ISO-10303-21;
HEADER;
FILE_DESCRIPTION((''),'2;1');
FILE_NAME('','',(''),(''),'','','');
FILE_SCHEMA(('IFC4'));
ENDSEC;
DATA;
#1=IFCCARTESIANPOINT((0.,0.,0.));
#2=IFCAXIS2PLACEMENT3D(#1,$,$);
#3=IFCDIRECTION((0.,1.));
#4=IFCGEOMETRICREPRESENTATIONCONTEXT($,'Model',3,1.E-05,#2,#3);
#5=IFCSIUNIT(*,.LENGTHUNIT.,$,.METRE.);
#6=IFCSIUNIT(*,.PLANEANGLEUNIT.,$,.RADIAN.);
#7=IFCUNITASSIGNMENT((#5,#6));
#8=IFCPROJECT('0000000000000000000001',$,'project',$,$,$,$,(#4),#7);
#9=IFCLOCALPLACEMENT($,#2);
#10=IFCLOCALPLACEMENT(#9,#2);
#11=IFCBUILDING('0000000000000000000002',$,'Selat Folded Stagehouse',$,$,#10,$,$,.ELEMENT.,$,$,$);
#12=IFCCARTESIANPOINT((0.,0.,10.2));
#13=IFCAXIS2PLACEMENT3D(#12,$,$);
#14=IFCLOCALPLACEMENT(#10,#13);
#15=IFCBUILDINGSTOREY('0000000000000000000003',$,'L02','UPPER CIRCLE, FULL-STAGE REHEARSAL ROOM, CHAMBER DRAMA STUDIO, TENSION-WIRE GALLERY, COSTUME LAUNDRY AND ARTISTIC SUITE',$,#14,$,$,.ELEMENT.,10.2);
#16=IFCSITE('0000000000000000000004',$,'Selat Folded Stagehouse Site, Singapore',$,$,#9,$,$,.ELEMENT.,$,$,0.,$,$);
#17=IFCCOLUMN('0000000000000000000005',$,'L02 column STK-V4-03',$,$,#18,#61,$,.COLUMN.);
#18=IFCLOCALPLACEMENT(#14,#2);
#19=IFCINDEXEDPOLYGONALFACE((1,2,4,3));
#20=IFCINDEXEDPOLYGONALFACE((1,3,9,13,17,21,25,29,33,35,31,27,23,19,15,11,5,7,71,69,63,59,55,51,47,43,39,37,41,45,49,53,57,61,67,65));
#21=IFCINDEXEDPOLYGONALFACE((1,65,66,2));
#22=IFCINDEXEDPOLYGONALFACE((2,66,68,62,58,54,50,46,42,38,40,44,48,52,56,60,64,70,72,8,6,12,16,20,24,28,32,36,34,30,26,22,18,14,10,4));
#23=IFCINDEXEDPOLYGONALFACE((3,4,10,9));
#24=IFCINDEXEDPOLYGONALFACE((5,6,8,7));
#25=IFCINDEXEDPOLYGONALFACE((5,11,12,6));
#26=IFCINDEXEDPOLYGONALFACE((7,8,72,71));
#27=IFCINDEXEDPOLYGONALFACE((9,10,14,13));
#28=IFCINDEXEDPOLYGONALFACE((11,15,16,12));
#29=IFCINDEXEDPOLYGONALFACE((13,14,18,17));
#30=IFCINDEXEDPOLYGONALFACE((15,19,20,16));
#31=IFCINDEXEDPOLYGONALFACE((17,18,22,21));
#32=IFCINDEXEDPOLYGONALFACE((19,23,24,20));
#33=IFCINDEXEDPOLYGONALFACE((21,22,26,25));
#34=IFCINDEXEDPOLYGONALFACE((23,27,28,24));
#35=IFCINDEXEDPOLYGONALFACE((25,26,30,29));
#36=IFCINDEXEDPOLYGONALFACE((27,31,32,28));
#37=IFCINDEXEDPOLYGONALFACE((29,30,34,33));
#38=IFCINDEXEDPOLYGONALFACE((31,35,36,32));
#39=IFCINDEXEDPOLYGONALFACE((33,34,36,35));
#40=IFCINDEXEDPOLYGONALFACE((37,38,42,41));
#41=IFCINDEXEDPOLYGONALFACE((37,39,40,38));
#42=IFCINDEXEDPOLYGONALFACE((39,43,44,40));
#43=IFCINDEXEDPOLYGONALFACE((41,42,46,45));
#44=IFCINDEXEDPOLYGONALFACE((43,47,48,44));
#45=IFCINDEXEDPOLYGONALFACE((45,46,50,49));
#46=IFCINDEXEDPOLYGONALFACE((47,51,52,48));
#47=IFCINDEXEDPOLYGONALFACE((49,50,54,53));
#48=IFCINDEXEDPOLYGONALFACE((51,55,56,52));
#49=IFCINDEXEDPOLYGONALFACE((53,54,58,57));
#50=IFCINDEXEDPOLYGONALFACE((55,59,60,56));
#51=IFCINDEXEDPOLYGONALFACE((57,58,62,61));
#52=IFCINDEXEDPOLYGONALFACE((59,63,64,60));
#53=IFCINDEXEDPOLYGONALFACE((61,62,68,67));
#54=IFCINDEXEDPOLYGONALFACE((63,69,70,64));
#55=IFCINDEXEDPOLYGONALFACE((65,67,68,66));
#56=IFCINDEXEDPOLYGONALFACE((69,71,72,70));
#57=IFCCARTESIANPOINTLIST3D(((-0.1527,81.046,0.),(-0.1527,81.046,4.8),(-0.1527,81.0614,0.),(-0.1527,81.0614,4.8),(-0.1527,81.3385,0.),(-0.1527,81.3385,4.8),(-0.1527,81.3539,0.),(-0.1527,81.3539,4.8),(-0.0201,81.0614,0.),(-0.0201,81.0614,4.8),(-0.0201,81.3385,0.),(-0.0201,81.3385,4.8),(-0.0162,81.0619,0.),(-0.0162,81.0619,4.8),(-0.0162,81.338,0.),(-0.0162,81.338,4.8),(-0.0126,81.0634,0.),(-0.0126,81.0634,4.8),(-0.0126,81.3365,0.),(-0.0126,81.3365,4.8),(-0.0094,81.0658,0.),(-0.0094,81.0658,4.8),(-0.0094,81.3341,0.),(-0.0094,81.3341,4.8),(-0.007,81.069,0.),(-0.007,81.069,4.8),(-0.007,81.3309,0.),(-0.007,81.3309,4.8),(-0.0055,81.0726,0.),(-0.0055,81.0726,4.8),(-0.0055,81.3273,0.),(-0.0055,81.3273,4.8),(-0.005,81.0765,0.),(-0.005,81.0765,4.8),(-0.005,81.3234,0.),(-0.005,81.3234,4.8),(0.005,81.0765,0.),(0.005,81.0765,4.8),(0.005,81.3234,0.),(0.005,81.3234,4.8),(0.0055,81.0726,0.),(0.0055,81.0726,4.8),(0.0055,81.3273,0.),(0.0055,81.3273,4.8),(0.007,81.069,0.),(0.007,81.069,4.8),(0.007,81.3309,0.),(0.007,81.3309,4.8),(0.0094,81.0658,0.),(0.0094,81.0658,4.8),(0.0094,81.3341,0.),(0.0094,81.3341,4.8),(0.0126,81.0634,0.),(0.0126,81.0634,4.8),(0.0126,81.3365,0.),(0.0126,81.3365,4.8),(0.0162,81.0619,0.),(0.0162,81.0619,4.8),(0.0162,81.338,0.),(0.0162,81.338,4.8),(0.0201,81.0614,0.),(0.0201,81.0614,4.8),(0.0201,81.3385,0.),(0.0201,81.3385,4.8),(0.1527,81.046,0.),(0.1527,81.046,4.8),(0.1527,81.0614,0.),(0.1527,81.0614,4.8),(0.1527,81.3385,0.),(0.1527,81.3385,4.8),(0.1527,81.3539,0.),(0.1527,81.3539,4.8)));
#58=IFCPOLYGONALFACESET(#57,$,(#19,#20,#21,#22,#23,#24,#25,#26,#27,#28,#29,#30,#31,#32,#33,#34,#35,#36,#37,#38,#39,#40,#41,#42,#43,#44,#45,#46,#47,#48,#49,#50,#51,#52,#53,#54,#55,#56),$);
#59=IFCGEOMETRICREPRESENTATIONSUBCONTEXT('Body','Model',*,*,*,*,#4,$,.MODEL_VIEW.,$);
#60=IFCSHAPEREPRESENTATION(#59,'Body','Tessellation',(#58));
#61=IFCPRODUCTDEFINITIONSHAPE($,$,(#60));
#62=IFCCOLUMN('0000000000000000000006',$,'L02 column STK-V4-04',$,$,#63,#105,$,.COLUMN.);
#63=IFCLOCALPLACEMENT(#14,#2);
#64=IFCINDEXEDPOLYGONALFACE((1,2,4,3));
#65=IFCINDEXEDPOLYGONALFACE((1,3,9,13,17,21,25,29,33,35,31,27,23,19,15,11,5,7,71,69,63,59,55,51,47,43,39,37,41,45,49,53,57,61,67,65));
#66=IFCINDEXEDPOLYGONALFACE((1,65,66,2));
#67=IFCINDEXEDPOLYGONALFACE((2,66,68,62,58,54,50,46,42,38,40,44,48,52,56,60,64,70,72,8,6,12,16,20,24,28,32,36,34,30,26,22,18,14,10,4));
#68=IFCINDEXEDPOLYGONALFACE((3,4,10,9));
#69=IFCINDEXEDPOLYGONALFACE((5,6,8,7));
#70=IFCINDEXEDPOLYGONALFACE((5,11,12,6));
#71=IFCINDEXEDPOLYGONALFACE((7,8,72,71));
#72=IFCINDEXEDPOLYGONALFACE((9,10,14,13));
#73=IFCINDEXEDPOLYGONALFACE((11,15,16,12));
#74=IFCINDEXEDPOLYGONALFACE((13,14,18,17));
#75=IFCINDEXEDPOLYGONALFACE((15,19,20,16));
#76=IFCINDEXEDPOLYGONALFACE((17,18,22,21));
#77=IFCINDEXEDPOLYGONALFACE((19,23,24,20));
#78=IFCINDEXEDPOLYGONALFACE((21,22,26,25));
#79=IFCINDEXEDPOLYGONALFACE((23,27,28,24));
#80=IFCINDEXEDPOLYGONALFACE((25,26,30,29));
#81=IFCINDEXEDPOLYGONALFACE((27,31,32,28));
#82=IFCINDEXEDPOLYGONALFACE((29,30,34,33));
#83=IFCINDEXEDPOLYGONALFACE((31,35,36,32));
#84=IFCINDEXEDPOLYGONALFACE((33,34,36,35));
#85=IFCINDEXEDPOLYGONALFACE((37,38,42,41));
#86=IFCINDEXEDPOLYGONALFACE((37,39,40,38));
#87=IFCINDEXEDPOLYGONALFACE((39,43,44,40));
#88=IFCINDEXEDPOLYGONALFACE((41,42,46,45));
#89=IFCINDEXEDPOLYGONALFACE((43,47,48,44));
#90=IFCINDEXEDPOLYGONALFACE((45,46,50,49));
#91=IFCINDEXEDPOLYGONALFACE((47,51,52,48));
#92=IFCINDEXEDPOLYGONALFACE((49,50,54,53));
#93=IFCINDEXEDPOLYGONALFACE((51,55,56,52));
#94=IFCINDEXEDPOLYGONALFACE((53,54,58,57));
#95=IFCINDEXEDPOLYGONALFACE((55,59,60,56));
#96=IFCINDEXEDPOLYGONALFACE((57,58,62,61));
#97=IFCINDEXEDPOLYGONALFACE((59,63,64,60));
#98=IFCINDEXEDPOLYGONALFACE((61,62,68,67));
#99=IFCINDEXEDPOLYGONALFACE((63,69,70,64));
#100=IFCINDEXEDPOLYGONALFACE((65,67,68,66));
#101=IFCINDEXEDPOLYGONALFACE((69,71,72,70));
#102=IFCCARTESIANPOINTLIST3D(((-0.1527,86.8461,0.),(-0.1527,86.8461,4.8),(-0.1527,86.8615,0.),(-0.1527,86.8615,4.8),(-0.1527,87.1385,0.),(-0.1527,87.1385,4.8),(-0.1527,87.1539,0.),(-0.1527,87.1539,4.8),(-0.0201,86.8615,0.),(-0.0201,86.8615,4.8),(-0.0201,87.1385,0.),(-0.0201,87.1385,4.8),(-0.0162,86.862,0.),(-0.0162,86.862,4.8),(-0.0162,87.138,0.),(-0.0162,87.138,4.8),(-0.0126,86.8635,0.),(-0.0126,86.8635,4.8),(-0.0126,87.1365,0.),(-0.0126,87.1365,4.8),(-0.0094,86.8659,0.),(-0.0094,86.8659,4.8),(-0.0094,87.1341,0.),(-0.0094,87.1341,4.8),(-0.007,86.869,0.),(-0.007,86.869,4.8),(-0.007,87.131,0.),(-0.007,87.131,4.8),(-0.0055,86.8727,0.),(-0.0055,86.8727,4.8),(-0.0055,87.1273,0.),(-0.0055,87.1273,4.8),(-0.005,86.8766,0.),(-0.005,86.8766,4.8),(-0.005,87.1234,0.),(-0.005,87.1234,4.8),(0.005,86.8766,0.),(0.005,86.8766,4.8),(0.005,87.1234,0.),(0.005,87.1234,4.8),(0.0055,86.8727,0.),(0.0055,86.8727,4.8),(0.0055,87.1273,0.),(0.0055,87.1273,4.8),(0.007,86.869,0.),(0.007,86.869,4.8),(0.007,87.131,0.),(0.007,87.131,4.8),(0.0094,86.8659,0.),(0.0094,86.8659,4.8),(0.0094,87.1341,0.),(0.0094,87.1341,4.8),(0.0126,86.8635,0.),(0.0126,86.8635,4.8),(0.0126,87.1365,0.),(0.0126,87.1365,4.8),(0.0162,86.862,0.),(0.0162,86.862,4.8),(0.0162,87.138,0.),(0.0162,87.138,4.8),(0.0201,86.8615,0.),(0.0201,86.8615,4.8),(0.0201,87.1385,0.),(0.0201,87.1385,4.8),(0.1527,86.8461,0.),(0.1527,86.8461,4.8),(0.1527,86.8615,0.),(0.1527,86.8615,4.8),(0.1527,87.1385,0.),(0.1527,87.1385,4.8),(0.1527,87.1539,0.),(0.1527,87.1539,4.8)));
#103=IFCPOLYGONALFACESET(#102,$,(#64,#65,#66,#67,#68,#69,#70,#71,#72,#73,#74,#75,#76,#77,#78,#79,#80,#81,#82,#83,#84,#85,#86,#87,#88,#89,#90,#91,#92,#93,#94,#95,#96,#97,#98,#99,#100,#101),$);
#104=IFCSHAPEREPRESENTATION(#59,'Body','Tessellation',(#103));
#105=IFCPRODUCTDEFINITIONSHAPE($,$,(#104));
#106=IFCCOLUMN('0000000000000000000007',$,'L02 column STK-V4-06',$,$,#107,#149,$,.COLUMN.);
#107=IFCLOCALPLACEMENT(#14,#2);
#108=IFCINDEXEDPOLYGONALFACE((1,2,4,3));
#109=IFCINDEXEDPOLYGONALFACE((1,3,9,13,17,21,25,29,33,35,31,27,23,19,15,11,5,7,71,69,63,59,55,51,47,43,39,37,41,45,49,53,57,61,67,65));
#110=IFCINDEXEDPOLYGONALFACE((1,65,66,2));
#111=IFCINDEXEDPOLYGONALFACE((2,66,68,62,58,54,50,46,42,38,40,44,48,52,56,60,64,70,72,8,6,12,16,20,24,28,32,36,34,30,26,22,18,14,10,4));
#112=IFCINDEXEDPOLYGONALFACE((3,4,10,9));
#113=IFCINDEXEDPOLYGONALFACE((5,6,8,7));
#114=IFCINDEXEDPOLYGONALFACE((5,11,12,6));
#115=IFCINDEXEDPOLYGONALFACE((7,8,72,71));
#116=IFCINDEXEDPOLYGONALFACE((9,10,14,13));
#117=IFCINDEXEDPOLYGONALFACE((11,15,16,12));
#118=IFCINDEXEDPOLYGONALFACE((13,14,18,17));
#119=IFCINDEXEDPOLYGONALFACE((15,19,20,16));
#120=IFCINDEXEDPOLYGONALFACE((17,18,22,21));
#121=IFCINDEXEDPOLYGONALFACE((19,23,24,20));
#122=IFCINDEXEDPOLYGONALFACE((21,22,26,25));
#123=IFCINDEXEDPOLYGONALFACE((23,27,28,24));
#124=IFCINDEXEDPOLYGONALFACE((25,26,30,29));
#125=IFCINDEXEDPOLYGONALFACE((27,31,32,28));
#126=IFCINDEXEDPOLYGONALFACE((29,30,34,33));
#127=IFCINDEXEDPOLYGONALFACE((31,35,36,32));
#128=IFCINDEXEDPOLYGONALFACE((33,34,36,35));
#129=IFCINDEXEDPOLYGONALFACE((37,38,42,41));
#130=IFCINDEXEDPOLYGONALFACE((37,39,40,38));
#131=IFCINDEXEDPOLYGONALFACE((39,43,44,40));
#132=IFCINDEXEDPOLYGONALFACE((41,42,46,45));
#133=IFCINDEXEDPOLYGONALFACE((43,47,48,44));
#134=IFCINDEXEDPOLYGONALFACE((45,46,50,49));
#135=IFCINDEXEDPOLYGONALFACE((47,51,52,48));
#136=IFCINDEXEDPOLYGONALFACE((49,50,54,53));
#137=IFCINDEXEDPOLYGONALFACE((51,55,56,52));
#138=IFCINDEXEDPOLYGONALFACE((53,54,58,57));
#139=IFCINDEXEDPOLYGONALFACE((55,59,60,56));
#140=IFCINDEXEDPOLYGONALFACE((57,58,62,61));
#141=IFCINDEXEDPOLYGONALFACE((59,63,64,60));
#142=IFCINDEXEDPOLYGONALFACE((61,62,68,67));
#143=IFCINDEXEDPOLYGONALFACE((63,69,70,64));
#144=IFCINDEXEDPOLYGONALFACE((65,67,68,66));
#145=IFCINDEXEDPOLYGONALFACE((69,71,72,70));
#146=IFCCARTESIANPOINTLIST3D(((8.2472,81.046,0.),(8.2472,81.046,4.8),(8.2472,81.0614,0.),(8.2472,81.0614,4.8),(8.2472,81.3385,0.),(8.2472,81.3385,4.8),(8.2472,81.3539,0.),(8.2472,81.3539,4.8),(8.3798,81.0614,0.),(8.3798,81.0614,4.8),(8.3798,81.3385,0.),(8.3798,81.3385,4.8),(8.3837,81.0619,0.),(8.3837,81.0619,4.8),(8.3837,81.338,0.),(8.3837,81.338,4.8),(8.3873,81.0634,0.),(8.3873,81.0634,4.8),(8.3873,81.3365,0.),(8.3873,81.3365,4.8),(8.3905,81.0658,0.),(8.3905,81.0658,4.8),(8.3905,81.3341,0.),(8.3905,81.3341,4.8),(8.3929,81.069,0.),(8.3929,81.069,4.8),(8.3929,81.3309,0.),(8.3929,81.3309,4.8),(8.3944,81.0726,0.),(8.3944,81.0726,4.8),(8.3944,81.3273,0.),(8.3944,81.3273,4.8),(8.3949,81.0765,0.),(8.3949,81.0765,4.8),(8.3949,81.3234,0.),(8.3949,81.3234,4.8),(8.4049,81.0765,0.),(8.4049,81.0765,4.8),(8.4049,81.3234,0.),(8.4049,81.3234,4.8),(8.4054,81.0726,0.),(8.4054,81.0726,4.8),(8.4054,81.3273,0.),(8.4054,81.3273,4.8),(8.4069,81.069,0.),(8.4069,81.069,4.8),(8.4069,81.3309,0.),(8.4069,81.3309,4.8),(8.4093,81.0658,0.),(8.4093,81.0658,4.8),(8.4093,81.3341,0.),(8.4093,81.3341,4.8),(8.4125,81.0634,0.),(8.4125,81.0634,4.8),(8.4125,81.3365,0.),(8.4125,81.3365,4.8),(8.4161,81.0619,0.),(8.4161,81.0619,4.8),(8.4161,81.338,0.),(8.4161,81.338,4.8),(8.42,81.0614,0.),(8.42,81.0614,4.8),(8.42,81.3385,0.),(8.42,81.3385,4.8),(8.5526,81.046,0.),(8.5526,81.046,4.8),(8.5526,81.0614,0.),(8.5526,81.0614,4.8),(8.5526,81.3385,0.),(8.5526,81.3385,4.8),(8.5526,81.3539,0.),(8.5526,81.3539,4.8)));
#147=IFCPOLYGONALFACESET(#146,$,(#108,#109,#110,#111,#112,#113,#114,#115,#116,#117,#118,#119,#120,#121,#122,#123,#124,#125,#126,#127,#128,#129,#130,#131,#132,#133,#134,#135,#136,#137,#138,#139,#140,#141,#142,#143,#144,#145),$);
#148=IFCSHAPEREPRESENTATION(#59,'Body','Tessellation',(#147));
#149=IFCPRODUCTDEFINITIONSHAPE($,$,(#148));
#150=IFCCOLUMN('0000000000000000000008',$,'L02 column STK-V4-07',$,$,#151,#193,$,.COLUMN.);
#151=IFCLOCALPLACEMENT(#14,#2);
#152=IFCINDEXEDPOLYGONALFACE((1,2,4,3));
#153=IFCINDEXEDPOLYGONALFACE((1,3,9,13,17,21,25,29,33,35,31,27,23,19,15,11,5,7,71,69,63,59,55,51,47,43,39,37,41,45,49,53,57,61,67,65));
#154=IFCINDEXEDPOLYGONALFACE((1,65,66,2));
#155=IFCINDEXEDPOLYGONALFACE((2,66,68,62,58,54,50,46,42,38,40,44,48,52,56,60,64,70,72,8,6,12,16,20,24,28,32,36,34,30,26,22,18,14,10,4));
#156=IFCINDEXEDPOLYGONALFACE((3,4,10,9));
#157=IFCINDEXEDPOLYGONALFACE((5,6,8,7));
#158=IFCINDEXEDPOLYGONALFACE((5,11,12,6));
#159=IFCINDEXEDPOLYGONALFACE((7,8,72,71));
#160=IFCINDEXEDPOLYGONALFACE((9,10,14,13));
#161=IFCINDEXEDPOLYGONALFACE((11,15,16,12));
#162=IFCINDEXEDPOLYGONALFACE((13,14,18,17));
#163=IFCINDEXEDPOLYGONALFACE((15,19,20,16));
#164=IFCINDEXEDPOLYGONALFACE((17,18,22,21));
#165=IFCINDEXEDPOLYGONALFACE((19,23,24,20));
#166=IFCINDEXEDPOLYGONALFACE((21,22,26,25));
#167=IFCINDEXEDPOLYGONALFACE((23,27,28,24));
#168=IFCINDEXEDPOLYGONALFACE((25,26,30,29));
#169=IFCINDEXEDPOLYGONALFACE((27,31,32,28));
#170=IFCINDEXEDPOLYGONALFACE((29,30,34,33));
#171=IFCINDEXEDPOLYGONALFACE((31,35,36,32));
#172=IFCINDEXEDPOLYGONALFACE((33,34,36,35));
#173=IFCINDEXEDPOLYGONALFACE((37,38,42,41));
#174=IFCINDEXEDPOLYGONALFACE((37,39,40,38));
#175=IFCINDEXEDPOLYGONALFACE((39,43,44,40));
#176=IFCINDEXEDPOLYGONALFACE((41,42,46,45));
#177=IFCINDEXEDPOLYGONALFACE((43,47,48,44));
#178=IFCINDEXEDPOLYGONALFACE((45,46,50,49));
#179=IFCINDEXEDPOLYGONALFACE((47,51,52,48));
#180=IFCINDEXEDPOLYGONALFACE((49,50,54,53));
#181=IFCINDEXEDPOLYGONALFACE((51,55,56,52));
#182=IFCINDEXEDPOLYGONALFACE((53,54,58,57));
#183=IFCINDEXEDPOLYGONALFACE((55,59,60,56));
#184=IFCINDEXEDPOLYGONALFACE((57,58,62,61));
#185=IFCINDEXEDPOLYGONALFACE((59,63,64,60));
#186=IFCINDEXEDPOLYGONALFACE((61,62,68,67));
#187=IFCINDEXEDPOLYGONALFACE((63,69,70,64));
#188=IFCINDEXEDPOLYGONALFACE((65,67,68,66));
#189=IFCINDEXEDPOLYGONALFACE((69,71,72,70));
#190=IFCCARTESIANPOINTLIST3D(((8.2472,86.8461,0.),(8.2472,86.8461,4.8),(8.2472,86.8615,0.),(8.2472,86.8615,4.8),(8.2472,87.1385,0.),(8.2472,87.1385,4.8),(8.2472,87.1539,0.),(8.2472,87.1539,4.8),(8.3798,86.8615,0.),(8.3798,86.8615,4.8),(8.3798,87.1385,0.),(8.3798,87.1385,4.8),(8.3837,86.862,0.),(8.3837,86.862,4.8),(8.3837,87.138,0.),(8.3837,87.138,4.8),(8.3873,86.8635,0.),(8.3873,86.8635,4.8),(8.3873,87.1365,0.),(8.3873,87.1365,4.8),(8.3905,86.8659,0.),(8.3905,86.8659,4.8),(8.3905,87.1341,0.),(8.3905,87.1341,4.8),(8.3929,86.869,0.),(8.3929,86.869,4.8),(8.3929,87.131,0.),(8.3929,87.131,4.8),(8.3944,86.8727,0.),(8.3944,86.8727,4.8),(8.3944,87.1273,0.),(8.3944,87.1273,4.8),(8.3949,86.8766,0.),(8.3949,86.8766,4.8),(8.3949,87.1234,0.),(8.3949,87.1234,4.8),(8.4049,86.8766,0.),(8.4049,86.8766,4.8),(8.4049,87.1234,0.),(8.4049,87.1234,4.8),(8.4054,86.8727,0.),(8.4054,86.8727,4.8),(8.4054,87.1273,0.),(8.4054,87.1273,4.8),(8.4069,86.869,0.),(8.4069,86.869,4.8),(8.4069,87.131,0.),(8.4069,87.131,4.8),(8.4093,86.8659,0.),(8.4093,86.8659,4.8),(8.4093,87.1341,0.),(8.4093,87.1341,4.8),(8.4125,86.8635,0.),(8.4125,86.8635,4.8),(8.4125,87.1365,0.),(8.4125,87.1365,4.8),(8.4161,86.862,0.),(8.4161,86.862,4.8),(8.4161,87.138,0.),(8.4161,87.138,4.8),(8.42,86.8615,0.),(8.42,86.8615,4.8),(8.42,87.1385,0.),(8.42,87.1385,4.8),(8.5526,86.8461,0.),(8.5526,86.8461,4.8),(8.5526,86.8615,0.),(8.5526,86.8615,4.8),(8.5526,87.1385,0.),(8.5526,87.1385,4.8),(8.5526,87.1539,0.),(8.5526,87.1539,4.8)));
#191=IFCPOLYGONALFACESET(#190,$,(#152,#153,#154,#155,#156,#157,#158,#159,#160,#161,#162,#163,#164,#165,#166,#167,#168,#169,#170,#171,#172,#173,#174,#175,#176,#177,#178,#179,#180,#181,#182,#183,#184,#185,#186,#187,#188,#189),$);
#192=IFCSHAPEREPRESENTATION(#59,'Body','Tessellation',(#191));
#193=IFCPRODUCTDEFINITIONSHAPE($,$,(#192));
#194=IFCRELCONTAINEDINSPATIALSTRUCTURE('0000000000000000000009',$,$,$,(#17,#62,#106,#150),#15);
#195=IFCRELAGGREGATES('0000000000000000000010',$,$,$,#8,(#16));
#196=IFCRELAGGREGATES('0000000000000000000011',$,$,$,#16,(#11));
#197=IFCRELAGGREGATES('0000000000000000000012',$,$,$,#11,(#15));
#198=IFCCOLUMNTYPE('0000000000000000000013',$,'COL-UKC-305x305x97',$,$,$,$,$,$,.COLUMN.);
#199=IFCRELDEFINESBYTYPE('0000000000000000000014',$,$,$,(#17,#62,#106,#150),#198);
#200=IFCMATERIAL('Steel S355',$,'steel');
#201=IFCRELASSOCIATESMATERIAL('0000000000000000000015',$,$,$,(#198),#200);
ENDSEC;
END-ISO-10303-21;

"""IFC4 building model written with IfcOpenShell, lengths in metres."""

from ifc_helpers import new_model, si_unit, direction, frame, origin, origin_2d, place, context, subcontext, project, spatial, i_section, extrude, material, material_profile, profile_set, type_object, element, save


model = new_model("IFC4")

# Units and contexts
model_context = context("Model", 3, precision=1e-05, world=origin(), true_north=direction((0.0, 1.0)))
body_context = subcontext(model_context, "Body", "Model", "MODEL_VIEW")
ifc_project = project(units=[si_unit("LENGTHUNIT", "METRE"), si_unit("PLANEANGLEUNIT", "RADIAN")], contexts=[model_context])

# Site, building, storey
site_placement = place(None, origin())
site = spatial("IfcSite", under=ifc_project, at=site_placement, Name="Selat Folded Stagehouse Site, Singapore", CompositionType="ELEMENT", RefElevation=0.0)
building_placement = place(site_placement, origin())
building = spatial("IfcBuilding", under=site, at=building_placement, Name="Selat Folded Stagehouse", CompositionType="ELEMENT")
storey_placement = place(building_placement, frame((0.0, 0.0, 10.2)))
storey = spatial("IfcBuildingStorey", under=building, at=storey_placement, Name="L02", Description="UPPER CIRCLE, FULL-STAGE REHEARSAL ROOM, CHAMBER DRAMA STUDIO, TENSION-WIRE GALLERY, COSTUME LAUNDRY AND ARTISTIC SUITE", CompositionType="ELEMENT", Elevation=10.2)

# Columns
ifc_material_1 = material(Name="Steel S355", Category="steel")
ifc_material_profile_1 = material_profile(ifc_material_1, i_section(OverallWidth=0.3054, OverallDepth=0.3079, WebThickness=0.01, FlangeThickness=0.0154, FilletRadius=0.0151, at=origin_2d()), Name="UKC 305x305x97")
ifc_profile_set_1 = profile_set([ifc_material_profile_1], Name="Steel S355")
column_type = type_object("IfcColumnType", Name="COL-UKC-305x305x97", PredefinedType="COLUMN", material=ifc_profile_set_1)
for number, where, z_axis, x_axis, name in (
    (1, (0.0, 81.2, 0.0), (0.0, 0.0, 1.0), (1.0, 0.0, 0.0), "L02 column STK-V4-03"),
    (2, (0.0, 87.0, 0.0), (0.0, 0.0, 1.0), (1.0, 0.0, 0.0), "L02 column STK-V4-04"),
    (3, (8.3999, 81.2, 0.0), (0.0, 0.0, 1.0), (1.0, 0.0, 0.0), "L02 column STK-V4-06"),
    (4, (8.3999, 87.0, 0.0), (0.0, 0.0, 1.0), (1.0, 0.0, 0.0), "L02 column STK-V4-07"),
):
    element("IfcColumn", number, at=place(storey_placement, frame(where, z_axis=z_axis, x_axis=x_axis)), inside=storey, type_object=column_type, Name=name, PredefinedType="COLUMN", context=body_context, shape_type="SweptSolid", body=[
        extrude(i_section(OverallWidth=0.3054, OverallDepth=0.3079, WebThickness=0.01, FlangeThickness=0.0154, FilletRadius=0.0151, at=origin_2d()), origin(), (0.0, 0.0, 1.0), 4.8),
    ])

save(model, "model.ifc")
